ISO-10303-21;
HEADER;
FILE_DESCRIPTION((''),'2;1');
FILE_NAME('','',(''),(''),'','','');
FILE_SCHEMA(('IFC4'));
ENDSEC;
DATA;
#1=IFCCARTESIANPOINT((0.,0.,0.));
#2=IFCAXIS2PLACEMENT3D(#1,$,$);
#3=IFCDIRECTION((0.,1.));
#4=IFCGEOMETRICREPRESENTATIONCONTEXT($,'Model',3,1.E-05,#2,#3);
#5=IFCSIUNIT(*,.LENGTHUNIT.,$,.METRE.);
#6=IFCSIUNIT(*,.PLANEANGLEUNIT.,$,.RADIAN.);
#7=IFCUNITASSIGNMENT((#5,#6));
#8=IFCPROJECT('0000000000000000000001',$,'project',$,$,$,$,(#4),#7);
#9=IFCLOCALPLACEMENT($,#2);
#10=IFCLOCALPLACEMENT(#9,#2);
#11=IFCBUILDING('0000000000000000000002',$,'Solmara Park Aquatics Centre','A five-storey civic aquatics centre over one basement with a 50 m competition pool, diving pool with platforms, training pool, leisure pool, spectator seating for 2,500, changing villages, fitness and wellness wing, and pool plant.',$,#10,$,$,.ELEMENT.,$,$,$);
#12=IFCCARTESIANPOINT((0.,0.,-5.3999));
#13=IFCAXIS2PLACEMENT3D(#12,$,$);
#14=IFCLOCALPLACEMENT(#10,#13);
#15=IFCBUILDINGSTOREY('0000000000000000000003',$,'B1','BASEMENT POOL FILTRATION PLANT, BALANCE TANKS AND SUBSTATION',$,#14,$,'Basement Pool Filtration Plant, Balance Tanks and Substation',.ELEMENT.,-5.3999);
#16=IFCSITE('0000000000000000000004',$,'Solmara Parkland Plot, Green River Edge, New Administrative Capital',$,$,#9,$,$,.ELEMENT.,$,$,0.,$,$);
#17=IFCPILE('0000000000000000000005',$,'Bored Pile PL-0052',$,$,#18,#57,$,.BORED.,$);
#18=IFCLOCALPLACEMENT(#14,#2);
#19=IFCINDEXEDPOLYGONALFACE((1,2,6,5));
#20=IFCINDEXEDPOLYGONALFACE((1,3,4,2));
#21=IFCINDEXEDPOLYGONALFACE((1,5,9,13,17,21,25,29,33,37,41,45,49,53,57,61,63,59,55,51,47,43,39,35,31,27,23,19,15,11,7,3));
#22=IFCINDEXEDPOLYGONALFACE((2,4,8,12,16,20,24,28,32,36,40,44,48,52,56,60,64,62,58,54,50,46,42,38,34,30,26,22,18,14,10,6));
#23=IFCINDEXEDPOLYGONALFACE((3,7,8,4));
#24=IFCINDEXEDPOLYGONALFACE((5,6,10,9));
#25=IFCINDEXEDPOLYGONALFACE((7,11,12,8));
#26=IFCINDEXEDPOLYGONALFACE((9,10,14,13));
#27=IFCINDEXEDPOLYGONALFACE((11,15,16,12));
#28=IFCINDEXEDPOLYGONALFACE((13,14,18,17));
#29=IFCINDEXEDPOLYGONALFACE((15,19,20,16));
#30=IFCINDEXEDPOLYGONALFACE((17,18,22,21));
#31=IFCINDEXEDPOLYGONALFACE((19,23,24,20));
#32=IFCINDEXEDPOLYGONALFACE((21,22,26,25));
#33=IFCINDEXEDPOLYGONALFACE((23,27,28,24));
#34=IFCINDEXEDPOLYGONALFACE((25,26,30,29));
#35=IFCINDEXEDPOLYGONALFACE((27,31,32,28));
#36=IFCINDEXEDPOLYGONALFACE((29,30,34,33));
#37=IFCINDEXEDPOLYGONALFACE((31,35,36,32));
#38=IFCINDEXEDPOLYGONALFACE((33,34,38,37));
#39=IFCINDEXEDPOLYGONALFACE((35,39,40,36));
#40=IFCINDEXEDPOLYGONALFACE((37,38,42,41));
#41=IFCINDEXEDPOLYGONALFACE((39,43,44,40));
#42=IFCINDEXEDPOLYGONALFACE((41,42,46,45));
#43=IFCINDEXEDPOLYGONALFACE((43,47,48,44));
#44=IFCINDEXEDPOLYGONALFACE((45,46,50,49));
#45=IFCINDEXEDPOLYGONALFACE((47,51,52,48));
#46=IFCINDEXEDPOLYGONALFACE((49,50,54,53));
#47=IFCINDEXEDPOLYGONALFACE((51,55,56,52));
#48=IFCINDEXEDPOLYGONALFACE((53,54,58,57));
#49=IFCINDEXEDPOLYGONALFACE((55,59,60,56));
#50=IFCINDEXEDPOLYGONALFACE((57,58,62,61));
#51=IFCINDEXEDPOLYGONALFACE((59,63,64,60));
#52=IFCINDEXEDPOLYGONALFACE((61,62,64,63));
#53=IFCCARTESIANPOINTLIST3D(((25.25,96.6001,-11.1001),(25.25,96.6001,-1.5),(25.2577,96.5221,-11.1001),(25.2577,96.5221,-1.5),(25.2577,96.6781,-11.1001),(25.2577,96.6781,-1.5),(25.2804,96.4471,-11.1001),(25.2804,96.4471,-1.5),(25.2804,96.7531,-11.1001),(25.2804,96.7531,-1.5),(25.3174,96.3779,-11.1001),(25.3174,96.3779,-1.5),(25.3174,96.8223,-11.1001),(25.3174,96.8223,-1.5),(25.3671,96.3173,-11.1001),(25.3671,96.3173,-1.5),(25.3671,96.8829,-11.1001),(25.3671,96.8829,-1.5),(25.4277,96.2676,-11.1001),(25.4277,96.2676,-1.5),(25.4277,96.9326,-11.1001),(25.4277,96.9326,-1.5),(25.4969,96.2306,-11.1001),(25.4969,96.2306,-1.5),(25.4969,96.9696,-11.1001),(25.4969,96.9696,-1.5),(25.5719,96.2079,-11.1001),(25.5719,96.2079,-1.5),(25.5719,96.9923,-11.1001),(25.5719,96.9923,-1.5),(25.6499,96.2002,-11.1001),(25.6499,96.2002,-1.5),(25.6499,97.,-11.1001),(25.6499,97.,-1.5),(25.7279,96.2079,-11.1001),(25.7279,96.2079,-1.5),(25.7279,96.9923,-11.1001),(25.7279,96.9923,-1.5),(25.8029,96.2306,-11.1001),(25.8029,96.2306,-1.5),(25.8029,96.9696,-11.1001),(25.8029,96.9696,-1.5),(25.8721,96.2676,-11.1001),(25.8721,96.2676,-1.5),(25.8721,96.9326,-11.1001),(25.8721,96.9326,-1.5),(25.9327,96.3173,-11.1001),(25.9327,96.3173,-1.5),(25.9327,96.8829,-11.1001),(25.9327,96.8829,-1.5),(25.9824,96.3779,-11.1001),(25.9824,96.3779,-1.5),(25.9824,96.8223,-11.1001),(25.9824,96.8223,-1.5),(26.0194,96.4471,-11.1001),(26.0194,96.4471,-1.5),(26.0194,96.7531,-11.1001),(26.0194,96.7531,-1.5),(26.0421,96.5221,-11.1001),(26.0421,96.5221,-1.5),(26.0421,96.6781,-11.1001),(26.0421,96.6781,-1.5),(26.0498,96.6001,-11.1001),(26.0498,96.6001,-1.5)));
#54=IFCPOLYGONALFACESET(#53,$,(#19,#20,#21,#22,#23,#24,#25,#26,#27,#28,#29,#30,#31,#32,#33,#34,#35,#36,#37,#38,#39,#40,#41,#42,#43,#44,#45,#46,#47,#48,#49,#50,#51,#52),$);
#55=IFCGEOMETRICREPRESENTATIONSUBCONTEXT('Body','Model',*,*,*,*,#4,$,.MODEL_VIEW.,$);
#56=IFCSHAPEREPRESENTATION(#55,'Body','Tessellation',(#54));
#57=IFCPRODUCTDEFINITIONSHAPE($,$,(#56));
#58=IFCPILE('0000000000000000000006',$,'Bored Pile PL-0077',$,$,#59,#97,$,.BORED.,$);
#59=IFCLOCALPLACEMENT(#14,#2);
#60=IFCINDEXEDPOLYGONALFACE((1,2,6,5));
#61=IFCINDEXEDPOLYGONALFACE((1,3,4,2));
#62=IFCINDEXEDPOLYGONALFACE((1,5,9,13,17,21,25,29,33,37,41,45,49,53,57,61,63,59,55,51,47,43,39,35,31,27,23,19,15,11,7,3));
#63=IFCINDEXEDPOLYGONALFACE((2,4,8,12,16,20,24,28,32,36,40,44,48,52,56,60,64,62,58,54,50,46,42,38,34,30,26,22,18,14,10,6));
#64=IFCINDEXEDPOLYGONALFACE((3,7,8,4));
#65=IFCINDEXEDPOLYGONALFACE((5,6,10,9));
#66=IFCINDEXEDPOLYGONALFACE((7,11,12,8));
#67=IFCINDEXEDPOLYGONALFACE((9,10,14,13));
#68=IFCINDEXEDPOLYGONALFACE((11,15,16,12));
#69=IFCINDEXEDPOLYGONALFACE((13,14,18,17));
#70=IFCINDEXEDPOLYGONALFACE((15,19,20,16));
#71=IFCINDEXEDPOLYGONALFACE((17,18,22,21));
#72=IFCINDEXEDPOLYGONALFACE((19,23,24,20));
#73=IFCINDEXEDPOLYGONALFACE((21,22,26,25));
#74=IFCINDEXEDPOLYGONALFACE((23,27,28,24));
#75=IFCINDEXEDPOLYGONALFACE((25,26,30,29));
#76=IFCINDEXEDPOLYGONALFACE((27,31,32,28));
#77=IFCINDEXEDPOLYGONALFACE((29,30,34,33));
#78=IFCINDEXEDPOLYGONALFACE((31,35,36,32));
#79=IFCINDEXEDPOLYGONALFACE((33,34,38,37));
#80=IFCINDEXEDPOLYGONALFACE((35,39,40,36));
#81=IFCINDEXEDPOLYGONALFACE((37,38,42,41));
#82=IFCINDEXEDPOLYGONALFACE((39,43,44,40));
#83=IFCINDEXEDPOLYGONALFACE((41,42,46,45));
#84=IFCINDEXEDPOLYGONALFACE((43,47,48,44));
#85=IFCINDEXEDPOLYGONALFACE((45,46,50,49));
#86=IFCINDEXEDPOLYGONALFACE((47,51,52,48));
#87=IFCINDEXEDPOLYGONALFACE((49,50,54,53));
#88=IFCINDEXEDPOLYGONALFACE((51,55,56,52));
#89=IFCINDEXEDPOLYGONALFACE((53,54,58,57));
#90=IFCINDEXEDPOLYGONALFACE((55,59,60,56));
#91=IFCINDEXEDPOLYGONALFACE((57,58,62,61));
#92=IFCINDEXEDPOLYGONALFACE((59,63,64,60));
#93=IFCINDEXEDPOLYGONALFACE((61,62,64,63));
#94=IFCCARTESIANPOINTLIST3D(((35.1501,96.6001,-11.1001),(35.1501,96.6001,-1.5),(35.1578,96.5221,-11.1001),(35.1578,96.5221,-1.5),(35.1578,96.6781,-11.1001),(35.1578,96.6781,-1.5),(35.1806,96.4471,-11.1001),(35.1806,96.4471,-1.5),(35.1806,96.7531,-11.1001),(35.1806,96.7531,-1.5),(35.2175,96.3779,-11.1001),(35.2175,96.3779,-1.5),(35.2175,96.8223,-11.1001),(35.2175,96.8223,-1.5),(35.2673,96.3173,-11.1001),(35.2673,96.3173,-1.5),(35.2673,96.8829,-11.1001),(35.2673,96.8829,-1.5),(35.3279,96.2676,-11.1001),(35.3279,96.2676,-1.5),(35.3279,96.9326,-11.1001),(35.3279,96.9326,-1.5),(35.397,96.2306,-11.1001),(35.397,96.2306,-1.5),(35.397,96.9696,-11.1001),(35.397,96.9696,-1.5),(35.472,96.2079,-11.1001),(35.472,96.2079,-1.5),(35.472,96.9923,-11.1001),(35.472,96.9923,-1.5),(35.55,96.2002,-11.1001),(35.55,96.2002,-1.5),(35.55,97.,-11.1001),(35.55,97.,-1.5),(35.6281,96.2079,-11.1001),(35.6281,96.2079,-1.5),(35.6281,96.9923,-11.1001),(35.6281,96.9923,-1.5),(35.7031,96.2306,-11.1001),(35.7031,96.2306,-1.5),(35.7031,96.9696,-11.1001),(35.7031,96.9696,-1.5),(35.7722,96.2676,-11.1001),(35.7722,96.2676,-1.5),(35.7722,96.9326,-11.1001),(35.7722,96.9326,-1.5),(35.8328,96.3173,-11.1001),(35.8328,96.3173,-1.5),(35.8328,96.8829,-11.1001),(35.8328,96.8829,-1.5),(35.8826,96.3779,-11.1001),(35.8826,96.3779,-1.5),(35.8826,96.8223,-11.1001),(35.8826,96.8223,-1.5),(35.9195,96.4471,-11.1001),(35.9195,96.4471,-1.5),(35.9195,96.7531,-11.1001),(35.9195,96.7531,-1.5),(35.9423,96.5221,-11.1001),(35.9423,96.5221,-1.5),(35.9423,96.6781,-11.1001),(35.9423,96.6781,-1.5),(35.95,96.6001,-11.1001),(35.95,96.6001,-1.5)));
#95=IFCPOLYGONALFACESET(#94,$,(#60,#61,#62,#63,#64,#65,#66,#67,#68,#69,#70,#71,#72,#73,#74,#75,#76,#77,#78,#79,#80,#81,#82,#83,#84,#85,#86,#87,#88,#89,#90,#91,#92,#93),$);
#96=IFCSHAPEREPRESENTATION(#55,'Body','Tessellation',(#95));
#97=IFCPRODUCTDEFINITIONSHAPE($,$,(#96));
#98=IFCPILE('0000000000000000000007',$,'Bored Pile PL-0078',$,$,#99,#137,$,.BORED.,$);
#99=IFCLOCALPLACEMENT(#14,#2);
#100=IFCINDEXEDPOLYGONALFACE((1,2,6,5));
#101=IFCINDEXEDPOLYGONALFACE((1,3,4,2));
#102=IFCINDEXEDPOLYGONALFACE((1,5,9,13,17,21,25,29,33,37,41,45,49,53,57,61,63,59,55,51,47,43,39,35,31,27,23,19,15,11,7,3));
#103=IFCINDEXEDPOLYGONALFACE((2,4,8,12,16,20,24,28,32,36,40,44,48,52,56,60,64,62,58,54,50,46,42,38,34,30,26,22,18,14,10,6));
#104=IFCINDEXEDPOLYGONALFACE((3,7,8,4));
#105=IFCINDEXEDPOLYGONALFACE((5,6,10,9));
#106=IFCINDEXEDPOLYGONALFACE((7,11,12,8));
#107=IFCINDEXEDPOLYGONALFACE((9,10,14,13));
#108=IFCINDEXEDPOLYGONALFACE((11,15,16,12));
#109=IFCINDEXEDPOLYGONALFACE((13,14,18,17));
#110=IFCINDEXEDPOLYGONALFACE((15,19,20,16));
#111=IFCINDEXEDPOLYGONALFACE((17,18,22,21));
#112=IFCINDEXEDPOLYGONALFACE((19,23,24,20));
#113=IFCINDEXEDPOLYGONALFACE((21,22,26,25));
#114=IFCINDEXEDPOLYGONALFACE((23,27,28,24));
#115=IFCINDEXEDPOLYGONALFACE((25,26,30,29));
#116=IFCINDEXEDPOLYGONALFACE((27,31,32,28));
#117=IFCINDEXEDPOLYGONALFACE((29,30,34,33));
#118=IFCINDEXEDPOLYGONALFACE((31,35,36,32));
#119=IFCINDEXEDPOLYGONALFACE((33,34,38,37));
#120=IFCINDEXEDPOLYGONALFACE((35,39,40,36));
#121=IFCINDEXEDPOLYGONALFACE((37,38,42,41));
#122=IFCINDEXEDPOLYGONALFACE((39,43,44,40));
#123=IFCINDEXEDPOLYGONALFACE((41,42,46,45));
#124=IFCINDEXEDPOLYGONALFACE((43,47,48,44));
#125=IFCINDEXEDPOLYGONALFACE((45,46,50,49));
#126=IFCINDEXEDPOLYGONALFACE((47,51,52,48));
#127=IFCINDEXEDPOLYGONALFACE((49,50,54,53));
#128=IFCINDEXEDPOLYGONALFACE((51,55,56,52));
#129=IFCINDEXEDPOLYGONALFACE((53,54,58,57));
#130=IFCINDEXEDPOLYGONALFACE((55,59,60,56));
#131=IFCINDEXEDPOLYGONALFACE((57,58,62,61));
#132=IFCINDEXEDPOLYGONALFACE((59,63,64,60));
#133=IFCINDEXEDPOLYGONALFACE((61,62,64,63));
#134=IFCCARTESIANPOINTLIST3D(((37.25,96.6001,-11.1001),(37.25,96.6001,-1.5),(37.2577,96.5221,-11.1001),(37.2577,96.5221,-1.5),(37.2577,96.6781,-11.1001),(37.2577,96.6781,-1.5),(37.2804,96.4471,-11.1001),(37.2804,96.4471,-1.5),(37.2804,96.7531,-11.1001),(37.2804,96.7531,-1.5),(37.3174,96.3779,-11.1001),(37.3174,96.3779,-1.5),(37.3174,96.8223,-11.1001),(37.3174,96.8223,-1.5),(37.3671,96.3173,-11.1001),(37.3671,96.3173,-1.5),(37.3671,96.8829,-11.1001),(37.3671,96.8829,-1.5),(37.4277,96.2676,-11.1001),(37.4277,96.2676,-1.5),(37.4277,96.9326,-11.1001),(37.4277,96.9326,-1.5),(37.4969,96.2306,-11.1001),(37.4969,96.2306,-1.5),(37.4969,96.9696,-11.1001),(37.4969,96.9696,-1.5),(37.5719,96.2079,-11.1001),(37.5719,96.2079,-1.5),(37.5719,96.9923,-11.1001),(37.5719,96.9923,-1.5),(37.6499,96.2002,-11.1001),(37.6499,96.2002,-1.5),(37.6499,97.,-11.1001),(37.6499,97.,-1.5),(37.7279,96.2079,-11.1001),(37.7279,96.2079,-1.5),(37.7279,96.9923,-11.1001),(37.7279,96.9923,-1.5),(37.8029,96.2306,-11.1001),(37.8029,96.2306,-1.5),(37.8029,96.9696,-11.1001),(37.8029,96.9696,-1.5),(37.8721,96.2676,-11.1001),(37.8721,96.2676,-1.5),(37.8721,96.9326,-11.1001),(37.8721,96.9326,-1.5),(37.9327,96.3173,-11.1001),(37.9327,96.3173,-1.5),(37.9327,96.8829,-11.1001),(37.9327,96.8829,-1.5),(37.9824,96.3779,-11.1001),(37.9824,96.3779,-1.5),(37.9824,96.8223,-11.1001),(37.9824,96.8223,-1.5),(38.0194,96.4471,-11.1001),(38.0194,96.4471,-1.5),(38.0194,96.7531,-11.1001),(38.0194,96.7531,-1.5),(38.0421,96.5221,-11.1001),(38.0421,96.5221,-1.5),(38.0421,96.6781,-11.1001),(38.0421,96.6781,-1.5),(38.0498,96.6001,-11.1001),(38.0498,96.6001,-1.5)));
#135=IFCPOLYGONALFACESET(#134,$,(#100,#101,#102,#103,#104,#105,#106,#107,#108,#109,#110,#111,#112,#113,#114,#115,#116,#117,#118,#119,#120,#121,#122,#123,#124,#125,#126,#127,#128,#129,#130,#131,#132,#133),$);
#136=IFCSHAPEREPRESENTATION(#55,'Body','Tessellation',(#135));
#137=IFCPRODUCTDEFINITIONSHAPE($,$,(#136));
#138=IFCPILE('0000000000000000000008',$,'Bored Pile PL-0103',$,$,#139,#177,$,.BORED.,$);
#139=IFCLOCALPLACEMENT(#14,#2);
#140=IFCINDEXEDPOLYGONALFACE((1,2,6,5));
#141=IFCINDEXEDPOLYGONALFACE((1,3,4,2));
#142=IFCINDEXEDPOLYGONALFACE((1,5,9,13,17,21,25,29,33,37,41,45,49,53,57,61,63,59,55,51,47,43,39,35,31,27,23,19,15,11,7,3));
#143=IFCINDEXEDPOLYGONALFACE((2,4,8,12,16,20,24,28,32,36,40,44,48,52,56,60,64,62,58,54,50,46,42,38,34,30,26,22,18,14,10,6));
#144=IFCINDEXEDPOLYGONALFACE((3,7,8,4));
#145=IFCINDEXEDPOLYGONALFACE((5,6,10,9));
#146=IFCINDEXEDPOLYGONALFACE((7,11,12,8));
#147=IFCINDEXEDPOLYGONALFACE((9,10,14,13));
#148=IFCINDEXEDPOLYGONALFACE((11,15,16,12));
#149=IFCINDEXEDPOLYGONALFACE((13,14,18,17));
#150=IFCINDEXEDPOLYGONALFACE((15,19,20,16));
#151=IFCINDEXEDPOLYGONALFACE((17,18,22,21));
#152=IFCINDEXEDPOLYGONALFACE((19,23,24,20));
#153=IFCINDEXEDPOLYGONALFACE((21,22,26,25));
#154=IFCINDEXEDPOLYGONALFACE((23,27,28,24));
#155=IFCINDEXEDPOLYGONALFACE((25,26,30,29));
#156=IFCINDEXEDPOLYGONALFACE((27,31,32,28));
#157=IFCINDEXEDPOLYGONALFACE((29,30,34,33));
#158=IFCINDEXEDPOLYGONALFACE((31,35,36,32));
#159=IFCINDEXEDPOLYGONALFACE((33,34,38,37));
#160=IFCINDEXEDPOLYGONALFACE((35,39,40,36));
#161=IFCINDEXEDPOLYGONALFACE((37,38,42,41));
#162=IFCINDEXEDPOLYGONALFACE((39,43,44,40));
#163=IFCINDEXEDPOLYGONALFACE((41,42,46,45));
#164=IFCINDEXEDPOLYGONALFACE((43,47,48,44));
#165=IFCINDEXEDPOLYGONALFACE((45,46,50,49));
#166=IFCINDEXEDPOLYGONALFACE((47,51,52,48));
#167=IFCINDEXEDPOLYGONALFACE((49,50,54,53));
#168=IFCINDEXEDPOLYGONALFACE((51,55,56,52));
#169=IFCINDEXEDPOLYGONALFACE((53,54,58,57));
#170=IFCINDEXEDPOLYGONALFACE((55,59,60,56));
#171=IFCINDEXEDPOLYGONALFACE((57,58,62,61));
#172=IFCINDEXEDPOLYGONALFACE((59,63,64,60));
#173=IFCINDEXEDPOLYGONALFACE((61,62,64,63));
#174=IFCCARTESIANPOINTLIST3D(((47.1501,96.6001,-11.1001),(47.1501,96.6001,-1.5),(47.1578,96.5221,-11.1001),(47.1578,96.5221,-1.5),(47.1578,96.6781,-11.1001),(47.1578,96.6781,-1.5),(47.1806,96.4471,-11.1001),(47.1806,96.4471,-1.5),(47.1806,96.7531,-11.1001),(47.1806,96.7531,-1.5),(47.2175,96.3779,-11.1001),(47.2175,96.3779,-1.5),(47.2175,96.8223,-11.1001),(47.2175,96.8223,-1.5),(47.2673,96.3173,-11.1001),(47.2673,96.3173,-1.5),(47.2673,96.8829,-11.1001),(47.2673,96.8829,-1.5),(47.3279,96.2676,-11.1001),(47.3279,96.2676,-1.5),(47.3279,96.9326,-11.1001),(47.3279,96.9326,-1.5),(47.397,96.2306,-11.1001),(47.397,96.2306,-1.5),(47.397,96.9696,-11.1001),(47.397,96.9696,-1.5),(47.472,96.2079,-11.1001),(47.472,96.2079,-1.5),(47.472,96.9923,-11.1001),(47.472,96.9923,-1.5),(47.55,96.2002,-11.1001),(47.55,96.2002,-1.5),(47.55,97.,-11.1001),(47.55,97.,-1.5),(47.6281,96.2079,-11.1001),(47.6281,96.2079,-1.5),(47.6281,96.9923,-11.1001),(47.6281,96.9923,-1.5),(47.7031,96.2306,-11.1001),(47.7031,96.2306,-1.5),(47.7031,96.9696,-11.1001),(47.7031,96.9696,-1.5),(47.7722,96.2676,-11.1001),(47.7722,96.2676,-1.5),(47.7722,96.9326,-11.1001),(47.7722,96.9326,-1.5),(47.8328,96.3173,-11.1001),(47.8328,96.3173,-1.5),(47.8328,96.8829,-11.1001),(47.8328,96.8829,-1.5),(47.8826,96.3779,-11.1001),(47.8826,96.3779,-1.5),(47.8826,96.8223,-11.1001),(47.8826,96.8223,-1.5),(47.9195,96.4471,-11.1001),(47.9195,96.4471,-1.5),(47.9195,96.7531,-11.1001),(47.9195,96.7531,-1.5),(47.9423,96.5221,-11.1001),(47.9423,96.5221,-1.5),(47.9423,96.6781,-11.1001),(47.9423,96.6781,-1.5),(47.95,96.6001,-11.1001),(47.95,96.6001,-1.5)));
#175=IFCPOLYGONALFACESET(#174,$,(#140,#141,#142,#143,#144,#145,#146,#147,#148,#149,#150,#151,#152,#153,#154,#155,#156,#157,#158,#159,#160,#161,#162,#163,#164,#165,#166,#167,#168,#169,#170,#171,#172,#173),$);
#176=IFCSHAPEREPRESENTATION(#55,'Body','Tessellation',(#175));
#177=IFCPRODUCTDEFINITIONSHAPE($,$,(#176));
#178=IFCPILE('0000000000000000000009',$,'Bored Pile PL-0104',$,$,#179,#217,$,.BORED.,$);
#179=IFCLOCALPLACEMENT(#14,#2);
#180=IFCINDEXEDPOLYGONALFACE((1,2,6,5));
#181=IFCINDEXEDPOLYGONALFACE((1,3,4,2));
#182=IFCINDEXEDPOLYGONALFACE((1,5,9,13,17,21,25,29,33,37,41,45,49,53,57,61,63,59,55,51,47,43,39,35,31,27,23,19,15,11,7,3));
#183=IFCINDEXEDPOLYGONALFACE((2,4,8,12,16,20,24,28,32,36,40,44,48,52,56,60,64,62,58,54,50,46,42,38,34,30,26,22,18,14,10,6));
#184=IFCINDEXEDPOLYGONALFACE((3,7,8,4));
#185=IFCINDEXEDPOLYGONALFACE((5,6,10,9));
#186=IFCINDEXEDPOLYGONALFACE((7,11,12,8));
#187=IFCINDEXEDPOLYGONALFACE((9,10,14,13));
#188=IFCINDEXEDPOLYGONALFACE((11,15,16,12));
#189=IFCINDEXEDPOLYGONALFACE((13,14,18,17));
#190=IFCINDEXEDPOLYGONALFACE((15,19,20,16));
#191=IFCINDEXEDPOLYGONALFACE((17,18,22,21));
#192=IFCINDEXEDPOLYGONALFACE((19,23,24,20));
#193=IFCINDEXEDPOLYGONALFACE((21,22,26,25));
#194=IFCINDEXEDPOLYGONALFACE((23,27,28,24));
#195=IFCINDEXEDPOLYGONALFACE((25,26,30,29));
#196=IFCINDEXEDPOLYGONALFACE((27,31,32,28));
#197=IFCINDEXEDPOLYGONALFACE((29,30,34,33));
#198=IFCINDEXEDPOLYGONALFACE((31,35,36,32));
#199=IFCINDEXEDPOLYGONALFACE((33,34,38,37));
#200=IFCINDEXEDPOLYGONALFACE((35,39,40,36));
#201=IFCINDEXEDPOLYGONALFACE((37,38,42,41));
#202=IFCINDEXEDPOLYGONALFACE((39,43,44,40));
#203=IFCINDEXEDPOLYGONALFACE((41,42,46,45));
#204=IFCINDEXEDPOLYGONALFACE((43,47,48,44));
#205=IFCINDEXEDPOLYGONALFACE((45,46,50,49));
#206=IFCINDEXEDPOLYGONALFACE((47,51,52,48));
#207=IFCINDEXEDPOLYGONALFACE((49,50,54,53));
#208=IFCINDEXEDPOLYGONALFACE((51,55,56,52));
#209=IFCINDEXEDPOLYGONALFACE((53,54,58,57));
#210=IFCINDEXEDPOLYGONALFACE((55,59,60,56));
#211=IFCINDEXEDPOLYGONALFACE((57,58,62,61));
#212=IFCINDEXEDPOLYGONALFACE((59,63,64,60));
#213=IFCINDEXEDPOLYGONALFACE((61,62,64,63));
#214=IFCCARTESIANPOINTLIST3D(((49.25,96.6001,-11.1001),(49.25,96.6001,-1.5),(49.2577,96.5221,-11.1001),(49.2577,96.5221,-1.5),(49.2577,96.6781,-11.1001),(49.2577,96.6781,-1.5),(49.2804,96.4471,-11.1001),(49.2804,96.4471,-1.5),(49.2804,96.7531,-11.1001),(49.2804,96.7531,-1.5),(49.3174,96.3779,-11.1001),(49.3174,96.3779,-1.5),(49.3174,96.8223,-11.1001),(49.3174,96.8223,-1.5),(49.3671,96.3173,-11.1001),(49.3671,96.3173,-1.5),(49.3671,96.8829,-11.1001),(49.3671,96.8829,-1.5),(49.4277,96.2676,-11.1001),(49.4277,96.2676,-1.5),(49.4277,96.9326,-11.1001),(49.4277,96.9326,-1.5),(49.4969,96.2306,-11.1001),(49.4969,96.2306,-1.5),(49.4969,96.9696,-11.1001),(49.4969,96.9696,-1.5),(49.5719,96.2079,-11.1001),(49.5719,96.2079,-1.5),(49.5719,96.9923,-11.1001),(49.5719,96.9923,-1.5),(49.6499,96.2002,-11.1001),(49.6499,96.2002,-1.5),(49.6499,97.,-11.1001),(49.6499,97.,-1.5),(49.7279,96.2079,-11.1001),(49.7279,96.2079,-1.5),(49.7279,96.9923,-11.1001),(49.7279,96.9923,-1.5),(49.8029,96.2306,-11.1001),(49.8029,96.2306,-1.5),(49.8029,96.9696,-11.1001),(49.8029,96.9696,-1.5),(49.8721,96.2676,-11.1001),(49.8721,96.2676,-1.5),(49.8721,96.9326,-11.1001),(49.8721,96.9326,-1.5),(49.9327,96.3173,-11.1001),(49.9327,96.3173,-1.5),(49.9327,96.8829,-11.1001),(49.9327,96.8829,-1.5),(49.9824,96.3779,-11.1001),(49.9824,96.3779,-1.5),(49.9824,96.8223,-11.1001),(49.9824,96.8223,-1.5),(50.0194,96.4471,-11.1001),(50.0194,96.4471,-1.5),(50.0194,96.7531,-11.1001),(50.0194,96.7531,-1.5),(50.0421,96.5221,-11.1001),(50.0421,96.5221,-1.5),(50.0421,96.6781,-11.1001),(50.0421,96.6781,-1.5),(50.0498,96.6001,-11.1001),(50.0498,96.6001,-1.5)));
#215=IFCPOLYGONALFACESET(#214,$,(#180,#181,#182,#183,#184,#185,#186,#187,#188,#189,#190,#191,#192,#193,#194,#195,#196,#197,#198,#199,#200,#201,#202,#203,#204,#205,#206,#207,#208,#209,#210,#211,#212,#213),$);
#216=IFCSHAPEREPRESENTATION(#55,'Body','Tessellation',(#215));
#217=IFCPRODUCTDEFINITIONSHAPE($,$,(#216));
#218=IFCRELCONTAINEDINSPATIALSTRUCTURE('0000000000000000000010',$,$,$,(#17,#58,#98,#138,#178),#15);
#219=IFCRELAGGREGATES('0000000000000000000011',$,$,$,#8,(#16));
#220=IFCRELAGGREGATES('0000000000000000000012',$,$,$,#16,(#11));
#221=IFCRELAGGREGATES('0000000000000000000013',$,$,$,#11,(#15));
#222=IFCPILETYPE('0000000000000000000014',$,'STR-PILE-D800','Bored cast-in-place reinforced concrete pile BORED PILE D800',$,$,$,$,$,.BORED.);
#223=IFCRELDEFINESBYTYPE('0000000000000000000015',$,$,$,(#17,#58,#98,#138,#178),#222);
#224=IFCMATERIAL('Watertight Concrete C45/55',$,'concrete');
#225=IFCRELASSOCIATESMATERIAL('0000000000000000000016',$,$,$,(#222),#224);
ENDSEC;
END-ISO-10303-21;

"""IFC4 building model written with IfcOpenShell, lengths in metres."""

from ifc_helpers import new_model, si_unit, direction, frame, origin, origin_2d, place, context, subcontext, project, spatial, circle, extrude, material, material_profile, profile_set, type_object, element, save


model = new_model("IFC4")

# Units and contexts
model_context = context("Model", 3, precision=1e-05, world=origin(), true_north=direction((0.0, 1.0)))
body_context = subcontext(model_context, "Body", "Model", "MODEL_VIEW")
ifc_project = project(units=[si_unit("LENGTHUNIT", "METRE"), si_unit("PLANEANGLEUNIT", "RADIAN")], contexts=[model_context])

# Site, building, storey
site_placement = place(None, origin())
site = spatial("IfcSite", under=ifc_project, at=site_placement, Name="Solmara Parkland Plot, Green River Edge, New Administrative Capital", CompositionType="ELEMENT", RefElevation=0.0)
building_placement = place(site_placement, origin())
building = spatial("IfcBuilding", under=site, at=building_placement, Name="Solmara Park Aquatics Centre", Description="A five-storey civic aquatics centre over one basement with a 50 m competition pool, diving pool with platforms, training pool, leisure pool, spectator seating for 2,500, changing villages, fitness and wellness wing, and pool plant.", CompositionType="ELEMENT")
storey_placement = place(building_placement, frame((0.0, 0.0, -5.3999)))
storey = spatial("IfcBuildingStorey", under=building, at=storey_placement, Name="B1", Description="BASEMENT POOL FILTRATION PLANT, BALANCE TANKS AND SUBSTATION", LongName="Basement Pool Filtration Plant, Balance Tanks and Substation", CompositionType="ELEMENT", Elevation=-5.3999)

# Shared definitions
ifc_material_1 = material(Name="Watertight Concrete C45/55", Category="concrete")

# Piles
ifc_material_profile_1 = material_profile(ifc_material_1, circle(Radius=0.3999, at=origin_2d()), Name="BORED PILE D800")
ifc_profile_set_1 = profile_set([ifc_material_profile_1], Name="Watertight Concrete C45/55")
pile_type_1 = type_object("IfcPileType", Name="STR-PILE-D800", Description="Bored cast-in-place reinforced concrete pile BORED PILE D800", PredefinedType="BORED", material=ifc_profile_set_1)
for number, where, z_axis, x_axis, name in (
    (1, (25.6499, 96.6001, -1.5), (0.0, 0.0, -1.0), (1.0, 0.0, 0.0), "Bored Pile PL-0052"),
    (2, (35.55, 96.6001, -1.5), (0.0, 0.0, -1.0), (1.0, 0.0, 0.0), "Bored Pile PL-0077"),
    (3, (37.6499, 96.6001, -1.5), (0.0, 0.0, -1.0), (1.0, 0.0, 0.0), "Bored Pile PL-0078"),
    (4, (47.55, 96.6001, -1.5), (0.0, 0.0, -1.0), (1.0, 0.0, 0.0), "Bored Pile PL-0103"),
    (5, (49.6499, 96.6001, -1.5), (0.0, 0.0, -1.0), (1.0, 0.0, 0.0), "Bored Pile PL-0104"),
):
    element("IfcPile", number, at=place(storey_placement, frame(where, z_axis=z_axis, x_axis=x_axis)), inside=storey, type_object=pile_type_1, Name=name, PredefinedType="BORED", context=body_context, shape_type="SweptSolid", body=[
        extrude(circle(Radius=0.3999, at=origin_2d()), origin(), (0.0, 0.0, 1.0), 9.6001),
    ])

save(model, "model.ifc")
